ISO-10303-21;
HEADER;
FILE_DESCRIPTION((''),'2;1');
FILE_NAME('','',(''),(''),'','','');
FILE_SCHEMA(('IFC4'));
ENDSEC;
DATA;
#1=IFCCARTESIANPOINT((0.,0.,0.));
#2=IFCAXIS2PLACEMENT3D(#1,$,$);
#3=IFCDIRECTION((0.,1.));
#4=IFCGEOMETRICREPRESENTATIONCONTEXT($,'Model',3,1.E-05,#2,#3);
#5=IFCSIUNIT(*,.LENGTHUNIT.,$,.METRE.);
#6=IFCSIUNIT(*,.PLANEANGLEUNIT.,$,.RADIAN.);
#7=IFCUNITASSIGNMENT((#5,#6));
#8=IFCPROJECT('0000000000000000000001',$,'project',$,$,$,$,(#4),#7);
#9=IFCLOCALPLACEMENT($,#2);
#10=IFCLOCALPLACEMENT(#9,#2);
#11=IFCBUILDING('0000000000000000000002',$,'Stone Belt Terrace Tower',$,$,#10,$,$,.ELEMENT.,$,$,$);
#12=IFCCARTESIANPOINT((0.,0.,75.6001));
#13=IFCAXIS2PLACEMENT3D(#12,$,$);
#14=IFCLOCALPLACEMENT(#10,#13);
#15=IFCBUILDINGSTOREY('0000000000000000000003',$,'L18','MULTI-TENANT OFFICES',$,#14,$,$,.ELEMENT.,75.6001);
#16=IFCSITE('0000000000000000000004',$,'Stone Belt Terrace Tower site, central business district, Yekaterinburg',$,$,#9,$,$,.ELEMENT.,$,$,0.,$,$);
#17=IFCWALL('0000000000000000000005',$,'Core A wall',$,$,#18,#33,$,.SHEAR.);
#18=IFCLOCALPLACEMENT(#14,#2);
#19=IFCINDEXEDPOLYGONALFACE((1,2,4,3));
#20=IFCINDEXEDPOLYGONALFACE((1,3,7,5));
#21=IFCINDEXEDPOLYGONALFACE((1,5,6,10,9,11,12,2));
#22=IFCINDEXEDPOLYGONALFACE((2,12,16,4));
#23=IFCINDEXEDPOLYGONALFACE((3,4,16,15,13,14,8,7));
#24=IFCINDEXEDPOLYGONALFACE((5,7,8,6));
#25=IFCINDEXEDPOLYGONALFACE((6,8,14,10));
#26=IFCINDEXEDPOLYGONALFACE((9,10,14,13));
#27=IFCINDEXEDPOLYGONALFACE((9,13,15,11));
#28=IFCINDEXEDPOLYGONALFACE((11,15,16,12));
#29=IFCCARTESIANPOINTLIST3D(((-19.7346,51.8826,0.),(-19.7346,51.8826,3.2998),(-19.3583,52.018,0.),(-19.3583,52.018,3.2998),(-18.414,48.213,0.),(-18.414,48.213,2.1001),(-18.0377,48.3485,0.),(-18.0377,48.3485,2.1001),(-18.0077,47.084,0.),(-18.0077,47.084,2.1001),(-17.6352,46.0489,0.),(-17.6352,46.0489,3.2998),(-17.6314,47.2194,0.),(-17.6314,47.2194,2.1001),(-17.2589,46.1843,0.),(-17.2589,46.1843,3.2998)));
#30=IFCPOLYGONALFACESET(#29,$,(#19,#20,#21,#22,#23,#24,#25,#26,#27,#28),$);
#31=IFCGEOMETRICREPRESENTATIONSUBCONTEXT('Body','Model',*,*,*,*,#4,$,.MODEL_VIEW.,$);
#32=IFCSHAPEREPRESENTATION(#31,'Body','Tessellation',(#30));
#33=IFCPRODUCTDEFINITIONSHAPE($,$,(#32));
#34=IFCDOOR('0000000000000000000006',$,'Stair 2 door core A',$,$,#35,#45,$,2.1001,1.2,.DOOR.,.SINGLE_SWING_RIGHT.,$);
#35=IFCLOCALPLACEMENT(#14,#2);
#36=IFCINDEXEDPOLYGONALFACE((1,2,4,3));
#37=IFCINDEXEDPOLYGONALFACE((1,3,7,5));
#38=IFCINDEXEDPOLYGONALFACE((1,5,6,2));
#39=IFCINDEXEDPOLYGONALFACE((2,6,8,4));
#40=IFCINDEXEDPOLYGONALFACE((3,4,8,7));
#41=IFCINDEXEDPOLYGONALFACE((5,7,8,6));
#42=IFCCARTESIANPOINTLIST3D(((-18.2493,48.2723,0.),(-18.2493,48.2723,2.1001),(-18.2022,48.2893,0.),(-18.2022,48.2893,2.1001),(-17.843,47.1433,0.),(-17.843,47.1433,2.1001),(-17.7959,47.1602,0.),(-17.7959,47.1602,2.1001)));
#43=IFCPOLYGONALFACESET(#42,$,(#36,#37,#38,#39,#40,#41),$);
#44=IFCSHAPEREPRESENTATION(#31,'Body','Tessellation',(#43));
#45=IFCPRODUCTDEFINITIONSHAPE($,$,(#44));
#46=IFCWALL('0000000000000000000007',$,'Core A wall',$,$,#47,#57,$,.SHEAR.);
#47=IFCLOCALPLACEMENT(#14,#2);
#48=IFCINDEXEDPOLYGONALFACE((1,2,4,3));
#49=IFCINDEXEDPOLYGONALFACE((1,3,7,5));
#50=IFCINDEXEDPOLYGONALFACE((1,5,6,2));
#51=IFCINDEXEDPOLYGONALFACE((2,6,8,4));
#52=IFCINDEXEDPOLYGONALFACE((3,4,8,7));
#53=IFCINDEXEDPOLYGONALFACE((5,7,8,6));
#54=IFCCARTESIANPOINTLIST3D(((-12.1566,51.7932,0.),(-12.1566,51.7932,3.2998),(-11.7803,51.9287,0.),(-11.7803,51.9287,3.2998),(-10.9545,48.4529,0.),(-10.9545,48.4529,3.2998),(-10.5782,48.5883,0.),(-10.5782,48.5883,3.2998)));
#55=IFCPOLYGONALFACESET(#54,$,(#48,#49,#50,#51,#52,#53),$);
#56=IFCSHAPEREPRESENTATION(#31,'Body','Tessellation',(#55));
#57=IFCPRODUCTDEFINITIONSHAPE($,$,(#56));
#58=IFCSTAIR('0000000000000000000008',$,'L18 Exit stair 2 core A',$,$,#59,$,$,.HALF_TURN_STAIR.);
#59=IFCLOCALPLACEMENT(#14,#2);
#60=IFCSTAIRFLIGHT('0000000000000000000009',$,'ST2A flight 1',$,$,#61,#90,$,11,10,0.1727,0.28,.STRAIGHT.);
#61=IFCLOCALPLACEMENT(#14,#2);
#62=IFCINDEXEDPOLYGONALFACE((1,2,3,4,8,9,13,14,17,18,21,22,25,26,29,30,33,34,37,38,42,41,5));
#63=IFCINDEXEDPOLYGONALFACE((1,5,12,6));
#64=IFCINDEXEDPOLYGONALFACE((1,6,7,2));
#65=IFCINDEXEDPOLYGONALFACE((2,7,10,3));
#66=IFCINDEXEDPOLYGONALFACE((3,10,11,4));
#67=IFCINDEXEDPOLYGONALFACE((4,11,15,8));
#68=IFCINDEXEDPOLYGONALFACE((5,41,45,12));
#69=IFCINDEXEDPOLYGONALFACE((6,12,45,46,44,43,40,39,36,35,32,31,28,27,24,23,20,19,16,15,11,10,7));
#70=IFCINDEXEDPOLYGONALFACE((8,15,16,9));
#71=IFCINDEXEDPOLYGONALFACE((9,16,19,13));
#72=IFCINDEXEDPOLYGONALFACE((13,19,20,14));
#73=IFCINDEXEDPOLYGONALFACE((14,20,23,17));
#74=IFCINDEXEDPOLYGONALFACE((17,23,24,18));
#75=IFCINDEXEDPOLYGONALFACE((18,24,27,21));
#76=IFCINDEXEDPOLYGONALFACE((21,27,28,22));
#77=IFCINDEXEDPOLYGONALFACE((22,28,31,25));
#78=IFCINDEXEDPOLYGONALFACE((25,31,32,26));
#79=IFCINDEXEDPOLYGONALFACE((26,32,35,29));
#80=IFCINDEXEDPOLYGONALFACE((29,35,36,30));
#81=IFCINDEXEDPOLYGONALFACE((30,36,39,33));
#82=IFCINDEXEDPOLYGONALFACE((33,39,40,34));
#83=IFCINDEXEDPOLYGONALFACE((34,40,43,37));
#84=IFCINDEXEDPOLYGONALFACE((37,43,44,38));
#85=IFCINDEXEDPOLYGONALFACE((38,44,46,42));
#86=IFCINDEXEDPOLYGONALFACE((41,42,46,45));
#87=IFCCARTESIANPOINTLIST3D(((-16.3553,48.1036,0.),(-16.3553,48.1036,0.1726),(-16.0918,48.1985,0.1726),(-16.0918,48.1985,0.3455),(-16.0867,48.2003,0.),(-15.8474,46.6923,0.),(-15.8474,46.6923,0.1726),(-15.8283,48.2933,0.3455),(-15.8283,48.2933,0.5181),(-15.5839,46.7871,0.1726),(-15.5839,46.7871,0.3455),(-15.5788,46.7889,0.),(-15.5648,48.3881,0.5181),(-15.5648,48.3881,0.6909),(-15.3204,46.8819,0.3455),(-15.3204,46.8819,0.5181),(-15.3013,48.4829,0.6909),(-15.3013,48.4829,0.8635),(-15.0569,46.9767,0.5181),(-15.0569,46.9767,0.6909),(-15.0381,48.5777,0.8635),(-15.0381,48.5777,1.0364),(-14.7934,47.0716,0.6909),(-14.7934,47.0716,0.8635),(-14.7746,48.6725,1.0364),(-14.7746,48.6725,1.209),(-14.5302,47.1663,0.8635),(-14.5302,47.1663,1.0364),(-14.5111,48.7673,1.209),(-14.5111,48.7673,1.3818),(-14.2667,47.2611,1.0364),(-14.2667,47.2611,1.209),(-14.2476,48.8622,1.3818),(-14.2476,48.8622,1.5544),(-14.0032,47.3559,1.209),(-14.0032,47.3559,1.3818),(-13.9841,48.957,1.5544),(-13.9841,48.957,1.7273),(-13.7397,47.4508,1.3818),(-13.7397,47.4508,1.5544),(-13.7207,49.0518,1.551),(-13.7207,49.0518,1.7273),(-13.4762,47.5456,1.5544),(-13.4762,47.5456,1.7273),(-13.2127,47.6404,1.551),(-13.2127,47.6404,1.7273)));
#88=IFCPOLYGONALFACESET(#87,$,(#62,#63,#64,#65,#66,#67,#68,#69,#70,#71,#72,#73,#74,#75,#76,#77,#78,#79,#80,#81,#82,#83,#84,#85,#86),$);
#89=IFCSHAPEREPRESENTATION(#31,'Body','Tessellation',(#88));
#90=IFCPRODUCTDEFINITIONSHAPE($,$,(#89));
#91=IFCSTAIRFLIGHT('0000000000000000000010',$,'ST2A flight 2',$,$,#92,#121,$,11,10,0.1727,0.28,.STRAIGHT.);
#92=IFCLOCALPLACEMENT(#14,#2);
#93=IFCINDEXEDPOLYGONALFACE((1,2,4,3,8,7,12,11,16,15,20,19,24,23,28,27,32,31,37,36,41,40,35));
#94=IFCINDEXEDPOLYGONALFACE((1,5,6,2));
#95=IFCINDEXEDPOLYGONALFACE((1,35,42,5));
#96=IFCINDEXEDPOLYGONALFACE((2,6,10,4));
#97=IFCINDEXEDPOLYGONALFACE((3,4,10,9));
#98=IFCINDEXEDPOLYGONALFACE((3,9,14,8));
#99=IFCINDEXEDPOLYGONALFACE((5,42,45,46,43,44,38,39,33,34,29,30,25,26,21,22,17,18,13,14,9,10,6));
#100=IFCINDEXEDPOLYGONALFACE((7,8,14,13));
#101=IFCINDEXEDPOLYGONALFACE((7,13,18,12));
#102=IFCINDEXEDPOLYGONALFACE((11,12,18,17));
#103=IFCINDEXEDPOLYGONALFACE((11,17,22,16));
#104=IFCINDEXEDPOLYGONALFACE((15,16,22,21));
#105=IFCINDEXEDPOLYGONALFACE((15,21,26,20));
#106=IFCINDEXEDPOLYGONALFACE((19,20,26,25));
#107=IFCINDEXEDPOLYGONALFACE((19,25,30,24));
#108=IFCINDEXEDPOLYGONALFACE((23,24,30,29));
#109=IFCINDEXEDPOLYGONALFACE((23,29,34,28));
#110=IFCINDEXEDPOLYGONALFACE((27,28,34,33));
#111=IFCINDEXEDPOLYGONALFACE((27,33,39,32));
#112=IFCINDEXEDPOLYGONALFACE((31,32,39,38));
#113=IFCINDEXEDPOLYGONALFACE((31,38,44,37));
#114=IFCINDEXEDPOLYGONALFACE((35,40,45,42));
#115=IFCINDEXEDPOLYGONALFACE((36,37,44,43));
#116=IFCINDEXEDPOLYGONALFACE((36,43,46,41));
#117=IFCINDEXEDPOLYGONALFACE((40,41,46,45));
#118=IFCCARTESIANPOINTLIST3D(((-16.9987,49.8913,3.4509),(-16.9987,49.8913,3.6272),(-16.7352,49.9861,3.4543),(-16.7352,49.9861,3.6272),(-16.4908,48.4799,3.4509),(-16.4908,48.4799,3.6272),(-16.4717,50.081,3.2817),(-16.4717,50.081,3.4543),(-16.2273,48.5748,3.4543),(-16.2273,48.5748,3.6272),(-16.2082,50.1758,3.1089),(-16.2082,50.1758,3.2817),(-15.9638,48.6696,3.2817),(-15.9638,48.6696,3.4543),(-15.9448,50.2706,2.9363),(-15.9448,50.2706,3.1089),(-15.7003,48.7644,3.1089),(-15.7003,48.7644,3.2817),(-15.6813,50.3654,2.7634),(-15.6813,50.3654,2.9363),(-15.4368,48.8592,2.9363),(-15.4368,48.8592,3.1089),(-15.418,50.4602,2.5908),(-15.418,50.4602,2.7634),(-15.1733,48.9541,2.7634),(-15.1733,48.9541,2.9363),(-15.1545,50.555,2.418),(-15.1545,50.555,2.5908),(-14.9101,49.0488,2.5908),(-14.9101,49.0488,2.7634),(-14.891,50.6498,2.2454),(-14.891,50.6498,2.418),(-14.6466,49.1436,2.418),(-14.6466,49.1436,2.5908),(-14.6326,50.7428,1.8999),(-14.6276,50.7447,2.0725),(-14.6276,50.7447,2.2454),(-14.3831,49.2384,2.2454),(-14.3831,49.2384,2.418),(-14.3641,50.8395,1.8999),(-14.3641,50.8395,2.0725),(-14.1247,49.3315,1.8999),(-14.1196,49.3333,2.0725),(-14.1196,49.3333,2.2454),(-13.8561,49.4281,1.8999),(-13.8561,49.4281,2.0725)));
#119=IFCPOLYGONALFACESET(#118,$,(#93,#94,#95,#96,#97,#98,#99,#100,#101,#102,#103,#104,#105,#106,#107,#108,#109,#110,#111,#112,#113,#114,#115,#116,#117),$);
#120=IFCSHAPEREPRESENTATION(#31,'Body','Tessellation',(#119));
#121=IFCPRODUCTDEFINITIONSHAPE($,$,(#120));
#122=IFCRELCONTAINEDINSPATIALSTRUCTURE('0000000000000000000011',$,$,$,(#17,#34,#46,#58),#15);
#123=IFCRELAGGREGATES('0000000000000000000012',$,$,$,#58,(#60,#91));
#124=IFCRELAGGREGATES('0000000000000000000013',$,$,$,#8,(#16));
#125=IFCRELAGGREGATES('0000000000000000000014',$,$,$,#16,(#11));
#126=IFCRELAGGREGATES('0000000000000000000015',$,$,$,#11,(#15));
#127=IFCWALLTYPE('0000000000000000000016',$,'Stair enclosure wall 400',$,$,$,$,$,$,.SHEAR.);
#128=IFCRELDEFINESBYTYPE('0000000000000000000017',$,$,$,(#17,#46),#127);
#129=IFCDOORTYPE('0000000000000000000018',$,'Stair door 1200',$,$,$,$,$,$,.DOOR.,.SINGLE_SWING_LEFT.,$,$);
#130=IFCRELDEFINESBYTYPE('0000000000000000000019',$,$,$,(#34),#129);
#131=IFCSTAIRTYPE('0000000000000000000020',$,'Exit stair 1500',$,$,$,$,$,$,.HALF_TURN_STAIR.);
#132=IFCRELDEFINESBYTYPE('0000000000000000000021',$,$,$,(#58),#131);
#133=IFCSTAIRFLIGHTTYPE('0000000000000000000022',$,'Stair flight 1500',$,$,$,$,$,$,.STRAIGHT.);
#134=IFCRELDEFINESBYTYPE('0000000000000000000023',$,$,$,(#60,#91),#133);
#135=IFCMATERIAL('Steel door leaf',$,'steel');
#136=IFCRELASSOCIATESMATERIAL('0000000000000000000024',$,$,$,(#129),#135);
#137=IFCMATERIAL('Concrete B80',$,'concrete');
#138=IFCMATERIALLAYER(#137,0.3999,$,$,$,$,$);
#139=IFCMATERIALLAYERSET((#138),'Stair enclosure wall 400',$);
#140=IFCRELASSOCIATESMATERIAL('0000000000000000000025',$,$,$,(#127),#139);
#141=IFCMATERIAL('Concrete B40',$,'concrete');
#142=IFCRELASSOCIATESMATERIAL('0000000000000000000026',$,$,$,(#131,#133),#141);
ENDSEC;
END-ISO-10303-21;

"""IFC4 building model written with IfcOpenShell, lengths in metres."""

from ifc_helpers import new_model, si_unit, direction, frame, frame_2d, origin, place, context, subcontext, project, spatial, polyline, rectangle, outline, extrude, material, layer, layer_set, type_object, element, fill, aggregate, save


model = new_model("IFC4")

# Units and contexts
model_context = context("Model", 3, precision=1e-05, world=origin(), true_north=direction((0.0, 1.0)))
body_context = subcontext(model_context, "Body", "Model", "MODEL_VIEW")
ifc_project = project(units=[si_unit("LENGTHUNIT", "METRE"), si_unit("PLANEANGLEUNIT", "RADIAN")], contexts=[model_context])

# Site, building, storey
site_placement = place(None, origin())
site = spatial("IfcSite", under=ifc_project, at=site_placement, Name="Stone Belt Terrace Tower site, central business district, Yekaterinburg", CompositionType="ELEMENT", RefElevation=0.0)
building_placement = place(site_placement, origin())
building = spatial("IfcBuilding", under=site, at=building_placement, Name="Stone Belt Terrace Tower", CompositionType="ELEMENT")
storey_placement = place(building_placement, frame((0.0, 0.0, 75.6001)))
storey = spatial("IfcBuildingStorey", under=building, at=storey_placement, Name="L18", Description="MULTI-TENANT OFFICES", CompositionType="ELEMENT", Elevation=75.6001)

# Shared definitions
ifc_material_1 = material(Name="Concrete B80", Category="concrete")

# Shared definitions
ifc_material_2 = material(Name="Steel door leaf", Category="steel")
door_type_1 = type_object("IfcDoorType", Name="Stair door 1200", OperationType="SINGLE_SWING_LEFT", PredefinedType="DOOR", material=ifc_material_2)

# Wall, opening, door
ifc_layer_1 = layer(ifc_material_1, 0.3999)
ifc_layer_set_1 = layer_set([ifc_layer_1], Name="Stair enclosure wall 400")
wall_type_1 = type_object("IfcWallType", Name="Stair enclosure wall 400", PredefinedType="SHEAR", material=ifc_layer_set_1)
wall_1_placement = place(storey_placement, frame((-17.447, 46.1165, 0.0), z_axis=(0.0, 0.0, 1.0), x_axis=(-0.338608, 0.940928, 0.0)))
wall_1 = element("IfcWall", 1, at=wall_1_placement, inside=storey, type_object=wall_type_1, Name="Core A wall", PredefinedType="SHEAR", context=body_context, shape_type="SweptSolid", body=[
    extrude(rectangle(XDim=6.2, YDim=0.3999, at=frame_2d((3.1001, 0.0))), origin(), (0.0, 0.0, 1.0), 3.2998),
])
opening_1_placement = place(wall_1_placement, frame((1.1001, 0.0, 0.0)))
opening_1 = element("IfcOpeningElement", 2, at=opening_1_placement, cuts=wall_1, PredefinedType="OPENING", context=body_context, shape_type="SweptSolid", body=[
    extrude(rectangle(XDim=1.2, YDim=2.1001, at=frame_2d((0.6001, 1.05))), frame((0.0, 0.21, 0.0), z_axis=(0.0, -1.0, 0.0), x_axis=(1.0, 0.0, 0.0)), (0.0, 0.0, 1.0), 0.4199),
])
door_1_placement = place(opening_1_placement, origin())
door_1 = element("IfcDoor", 3, at=door_1_placement, inside=storey, type_object=door_type_1, Name="Stair 2 door core A", OperationType="SINGLE_SWING_RIGHT", OverallHeight=2.1001, OverallWidth=1.2, PredefinedType="DOOR", context=body_context, shape_type="SweptSolid", body=[
    extrude(rectangle(XDim=1.2, YDim=2.1001, at=frame_2d((0.6001, 1.05))), frame((0.0, 0.0249, 0.0), z_axis=(0.0, -1.0, 0.0), x_axis=(1.0, 0.0, 0.0)), (0.0, 0.0, 1.0), 0.05),
])
fill(opening_1, door_1)

# Wall
wall_2_placement = place(storey_placement, frame((-10.7664, 48.5208, 0.0), z_axis=(0.0, 0.0, 1.0), x_axis=(-0.338627, 0.940921, 0.0)))
element("IfcWall", 4, at=wall_2_placement, inside=storey, type_object=wall_type_1, Name="Core A wall", PredefinedType="SHEAR", context=body_context, shape_type="SweptSolid", body=[
    extrude(rectangle(XDim=3.55, YDim=0.3999, at=frame_2d((1.7749, 0.0))), origin(), (0.0, 0.0, 1.0), 3.2998),
])

# Stair, stair flights
ifc_material_3 = material(Name="Concrete B40", Category="concrete")
stair_type = type_object("IfcStairType", Name="Exit stair 1500", PredefinedType="HALF_TURN_STAIR", material=ifc_material_3)
stair_placement = place(storey_placement, origin())
stair = element("IfcStair", 5, at=stair_placement, inside=storey, type_object=stair_type, Name="L18 Exit stair 2 core A", PredefinedType="HALF_TURN_STAIR")
stair_flight_type = type_object("IfcStairFlightType", Name="Stair flight 1500", PredefinedType="STRAIGHT", material=ifc_material_3)
stair_flight_1_placement = place(storey_placement, frame((-16.1013, 47.3979, 0.0), z_axis=(0.0, 0.0, 1.0), x_axis=(0.940922, 0.338624, 0.0)))
stair_flight_1 = element("IfcStairFlight", 6, at=stair_flight_1_placement, type_object=stair_flight_type, Name="ST2A flight 1", NumberOfRisers=11, NumberOfTreads=10, PredefinedType="STRAIGHT", RiserHeight=0.1727, TreadLength=0.28, context=body_context, shape_type="SweptSolid", body=[
    extrude(outline(polyline([(0.0, 0.0), (0.0, 0.1726), (0.28, 0.1726), (0.28, 0.3455), (0.5601, 0.3455), (0.5601, 0.5181), (0.8401, 0.5181), (0.8401, 0.6909), (1.1201, 0.6909), (1.1201, 0.8635), (1.3999, 0.8635), (1.3999, 1.0364), (1.6799, 1.0364), (1.6799, 1.209), (1.96, 1.209), (1.96, 1.3818), (2.24, 1.3818), (2.24, 1.5544), (2.52, 1.5544), (2.52, 1.7273), (2.8, 1.7273), (2.8, 1.8999), (2.8, 1.551), (0.2854, 0.0), (0.0, 0.0)])), frame((0.0, 0.75, 0.0), z_axis=(0.0, -1.0, 0.0), x_axis=(1.0, 0.0, 0.0)), (0.0, 0.0, 1.0), 1.5),
])
stair_flight_2_placement = place(storey_placement, frame((-14.1101, 50.1338, 1.8999), z_axis=(0.0, 0.0, 1.0), x_axis=(-0.940922, -0.338624, 0.0)))
stair_flight_2 = element("IfcStairFlight", 7, at=stair_flight_2_placement, type_object=stair_flight_type, Name="ST2A flight 2", NumberOfRisers=11, NumberOfTreads=10, PredefinedType="STRAIGHT", RiserHeight=0.1727, TreadLength=0.28, context=body_context, shape_type="SweptSolid", body=[
    extrude(outline(polyline([(0.0, 0.0), (0.0, 0.1726), (0.28, 0.1726), (0.28, 0.3455), (0.5601, 0.3455), (0.5601, 0.5181), (0.8401, 0.5181), (0.8401, 0.6909), (1.1201, 0.6909), (1.1201, 0.8635), (1.3999, 0.8635), (1.3999, 1.0364), (1.6799, 1.0364), (1.6799, 1.209), (1.96, 1.209), (1.96, 1.3818), (2.24, 1.3818), (2.24, 1.5544), (2.52, 1.5544), (2.52, 1.7273), (2.8, 1.7273), (2.8, 1.8999), (2.8, 1.551), (0.2854, 0.0), (0.0, 0.0)])), frame((0.0, 0.75, 0.0), z_axis=(0.0, -1.0, 0.0), x_axis=(1.0, 0.0, 0.0)), (0.0, 0.0, 1.0), 1.5),
])
aggregate(stair, [stair_flight_1, stair_flight_2])

save(model, "model.ifc")
